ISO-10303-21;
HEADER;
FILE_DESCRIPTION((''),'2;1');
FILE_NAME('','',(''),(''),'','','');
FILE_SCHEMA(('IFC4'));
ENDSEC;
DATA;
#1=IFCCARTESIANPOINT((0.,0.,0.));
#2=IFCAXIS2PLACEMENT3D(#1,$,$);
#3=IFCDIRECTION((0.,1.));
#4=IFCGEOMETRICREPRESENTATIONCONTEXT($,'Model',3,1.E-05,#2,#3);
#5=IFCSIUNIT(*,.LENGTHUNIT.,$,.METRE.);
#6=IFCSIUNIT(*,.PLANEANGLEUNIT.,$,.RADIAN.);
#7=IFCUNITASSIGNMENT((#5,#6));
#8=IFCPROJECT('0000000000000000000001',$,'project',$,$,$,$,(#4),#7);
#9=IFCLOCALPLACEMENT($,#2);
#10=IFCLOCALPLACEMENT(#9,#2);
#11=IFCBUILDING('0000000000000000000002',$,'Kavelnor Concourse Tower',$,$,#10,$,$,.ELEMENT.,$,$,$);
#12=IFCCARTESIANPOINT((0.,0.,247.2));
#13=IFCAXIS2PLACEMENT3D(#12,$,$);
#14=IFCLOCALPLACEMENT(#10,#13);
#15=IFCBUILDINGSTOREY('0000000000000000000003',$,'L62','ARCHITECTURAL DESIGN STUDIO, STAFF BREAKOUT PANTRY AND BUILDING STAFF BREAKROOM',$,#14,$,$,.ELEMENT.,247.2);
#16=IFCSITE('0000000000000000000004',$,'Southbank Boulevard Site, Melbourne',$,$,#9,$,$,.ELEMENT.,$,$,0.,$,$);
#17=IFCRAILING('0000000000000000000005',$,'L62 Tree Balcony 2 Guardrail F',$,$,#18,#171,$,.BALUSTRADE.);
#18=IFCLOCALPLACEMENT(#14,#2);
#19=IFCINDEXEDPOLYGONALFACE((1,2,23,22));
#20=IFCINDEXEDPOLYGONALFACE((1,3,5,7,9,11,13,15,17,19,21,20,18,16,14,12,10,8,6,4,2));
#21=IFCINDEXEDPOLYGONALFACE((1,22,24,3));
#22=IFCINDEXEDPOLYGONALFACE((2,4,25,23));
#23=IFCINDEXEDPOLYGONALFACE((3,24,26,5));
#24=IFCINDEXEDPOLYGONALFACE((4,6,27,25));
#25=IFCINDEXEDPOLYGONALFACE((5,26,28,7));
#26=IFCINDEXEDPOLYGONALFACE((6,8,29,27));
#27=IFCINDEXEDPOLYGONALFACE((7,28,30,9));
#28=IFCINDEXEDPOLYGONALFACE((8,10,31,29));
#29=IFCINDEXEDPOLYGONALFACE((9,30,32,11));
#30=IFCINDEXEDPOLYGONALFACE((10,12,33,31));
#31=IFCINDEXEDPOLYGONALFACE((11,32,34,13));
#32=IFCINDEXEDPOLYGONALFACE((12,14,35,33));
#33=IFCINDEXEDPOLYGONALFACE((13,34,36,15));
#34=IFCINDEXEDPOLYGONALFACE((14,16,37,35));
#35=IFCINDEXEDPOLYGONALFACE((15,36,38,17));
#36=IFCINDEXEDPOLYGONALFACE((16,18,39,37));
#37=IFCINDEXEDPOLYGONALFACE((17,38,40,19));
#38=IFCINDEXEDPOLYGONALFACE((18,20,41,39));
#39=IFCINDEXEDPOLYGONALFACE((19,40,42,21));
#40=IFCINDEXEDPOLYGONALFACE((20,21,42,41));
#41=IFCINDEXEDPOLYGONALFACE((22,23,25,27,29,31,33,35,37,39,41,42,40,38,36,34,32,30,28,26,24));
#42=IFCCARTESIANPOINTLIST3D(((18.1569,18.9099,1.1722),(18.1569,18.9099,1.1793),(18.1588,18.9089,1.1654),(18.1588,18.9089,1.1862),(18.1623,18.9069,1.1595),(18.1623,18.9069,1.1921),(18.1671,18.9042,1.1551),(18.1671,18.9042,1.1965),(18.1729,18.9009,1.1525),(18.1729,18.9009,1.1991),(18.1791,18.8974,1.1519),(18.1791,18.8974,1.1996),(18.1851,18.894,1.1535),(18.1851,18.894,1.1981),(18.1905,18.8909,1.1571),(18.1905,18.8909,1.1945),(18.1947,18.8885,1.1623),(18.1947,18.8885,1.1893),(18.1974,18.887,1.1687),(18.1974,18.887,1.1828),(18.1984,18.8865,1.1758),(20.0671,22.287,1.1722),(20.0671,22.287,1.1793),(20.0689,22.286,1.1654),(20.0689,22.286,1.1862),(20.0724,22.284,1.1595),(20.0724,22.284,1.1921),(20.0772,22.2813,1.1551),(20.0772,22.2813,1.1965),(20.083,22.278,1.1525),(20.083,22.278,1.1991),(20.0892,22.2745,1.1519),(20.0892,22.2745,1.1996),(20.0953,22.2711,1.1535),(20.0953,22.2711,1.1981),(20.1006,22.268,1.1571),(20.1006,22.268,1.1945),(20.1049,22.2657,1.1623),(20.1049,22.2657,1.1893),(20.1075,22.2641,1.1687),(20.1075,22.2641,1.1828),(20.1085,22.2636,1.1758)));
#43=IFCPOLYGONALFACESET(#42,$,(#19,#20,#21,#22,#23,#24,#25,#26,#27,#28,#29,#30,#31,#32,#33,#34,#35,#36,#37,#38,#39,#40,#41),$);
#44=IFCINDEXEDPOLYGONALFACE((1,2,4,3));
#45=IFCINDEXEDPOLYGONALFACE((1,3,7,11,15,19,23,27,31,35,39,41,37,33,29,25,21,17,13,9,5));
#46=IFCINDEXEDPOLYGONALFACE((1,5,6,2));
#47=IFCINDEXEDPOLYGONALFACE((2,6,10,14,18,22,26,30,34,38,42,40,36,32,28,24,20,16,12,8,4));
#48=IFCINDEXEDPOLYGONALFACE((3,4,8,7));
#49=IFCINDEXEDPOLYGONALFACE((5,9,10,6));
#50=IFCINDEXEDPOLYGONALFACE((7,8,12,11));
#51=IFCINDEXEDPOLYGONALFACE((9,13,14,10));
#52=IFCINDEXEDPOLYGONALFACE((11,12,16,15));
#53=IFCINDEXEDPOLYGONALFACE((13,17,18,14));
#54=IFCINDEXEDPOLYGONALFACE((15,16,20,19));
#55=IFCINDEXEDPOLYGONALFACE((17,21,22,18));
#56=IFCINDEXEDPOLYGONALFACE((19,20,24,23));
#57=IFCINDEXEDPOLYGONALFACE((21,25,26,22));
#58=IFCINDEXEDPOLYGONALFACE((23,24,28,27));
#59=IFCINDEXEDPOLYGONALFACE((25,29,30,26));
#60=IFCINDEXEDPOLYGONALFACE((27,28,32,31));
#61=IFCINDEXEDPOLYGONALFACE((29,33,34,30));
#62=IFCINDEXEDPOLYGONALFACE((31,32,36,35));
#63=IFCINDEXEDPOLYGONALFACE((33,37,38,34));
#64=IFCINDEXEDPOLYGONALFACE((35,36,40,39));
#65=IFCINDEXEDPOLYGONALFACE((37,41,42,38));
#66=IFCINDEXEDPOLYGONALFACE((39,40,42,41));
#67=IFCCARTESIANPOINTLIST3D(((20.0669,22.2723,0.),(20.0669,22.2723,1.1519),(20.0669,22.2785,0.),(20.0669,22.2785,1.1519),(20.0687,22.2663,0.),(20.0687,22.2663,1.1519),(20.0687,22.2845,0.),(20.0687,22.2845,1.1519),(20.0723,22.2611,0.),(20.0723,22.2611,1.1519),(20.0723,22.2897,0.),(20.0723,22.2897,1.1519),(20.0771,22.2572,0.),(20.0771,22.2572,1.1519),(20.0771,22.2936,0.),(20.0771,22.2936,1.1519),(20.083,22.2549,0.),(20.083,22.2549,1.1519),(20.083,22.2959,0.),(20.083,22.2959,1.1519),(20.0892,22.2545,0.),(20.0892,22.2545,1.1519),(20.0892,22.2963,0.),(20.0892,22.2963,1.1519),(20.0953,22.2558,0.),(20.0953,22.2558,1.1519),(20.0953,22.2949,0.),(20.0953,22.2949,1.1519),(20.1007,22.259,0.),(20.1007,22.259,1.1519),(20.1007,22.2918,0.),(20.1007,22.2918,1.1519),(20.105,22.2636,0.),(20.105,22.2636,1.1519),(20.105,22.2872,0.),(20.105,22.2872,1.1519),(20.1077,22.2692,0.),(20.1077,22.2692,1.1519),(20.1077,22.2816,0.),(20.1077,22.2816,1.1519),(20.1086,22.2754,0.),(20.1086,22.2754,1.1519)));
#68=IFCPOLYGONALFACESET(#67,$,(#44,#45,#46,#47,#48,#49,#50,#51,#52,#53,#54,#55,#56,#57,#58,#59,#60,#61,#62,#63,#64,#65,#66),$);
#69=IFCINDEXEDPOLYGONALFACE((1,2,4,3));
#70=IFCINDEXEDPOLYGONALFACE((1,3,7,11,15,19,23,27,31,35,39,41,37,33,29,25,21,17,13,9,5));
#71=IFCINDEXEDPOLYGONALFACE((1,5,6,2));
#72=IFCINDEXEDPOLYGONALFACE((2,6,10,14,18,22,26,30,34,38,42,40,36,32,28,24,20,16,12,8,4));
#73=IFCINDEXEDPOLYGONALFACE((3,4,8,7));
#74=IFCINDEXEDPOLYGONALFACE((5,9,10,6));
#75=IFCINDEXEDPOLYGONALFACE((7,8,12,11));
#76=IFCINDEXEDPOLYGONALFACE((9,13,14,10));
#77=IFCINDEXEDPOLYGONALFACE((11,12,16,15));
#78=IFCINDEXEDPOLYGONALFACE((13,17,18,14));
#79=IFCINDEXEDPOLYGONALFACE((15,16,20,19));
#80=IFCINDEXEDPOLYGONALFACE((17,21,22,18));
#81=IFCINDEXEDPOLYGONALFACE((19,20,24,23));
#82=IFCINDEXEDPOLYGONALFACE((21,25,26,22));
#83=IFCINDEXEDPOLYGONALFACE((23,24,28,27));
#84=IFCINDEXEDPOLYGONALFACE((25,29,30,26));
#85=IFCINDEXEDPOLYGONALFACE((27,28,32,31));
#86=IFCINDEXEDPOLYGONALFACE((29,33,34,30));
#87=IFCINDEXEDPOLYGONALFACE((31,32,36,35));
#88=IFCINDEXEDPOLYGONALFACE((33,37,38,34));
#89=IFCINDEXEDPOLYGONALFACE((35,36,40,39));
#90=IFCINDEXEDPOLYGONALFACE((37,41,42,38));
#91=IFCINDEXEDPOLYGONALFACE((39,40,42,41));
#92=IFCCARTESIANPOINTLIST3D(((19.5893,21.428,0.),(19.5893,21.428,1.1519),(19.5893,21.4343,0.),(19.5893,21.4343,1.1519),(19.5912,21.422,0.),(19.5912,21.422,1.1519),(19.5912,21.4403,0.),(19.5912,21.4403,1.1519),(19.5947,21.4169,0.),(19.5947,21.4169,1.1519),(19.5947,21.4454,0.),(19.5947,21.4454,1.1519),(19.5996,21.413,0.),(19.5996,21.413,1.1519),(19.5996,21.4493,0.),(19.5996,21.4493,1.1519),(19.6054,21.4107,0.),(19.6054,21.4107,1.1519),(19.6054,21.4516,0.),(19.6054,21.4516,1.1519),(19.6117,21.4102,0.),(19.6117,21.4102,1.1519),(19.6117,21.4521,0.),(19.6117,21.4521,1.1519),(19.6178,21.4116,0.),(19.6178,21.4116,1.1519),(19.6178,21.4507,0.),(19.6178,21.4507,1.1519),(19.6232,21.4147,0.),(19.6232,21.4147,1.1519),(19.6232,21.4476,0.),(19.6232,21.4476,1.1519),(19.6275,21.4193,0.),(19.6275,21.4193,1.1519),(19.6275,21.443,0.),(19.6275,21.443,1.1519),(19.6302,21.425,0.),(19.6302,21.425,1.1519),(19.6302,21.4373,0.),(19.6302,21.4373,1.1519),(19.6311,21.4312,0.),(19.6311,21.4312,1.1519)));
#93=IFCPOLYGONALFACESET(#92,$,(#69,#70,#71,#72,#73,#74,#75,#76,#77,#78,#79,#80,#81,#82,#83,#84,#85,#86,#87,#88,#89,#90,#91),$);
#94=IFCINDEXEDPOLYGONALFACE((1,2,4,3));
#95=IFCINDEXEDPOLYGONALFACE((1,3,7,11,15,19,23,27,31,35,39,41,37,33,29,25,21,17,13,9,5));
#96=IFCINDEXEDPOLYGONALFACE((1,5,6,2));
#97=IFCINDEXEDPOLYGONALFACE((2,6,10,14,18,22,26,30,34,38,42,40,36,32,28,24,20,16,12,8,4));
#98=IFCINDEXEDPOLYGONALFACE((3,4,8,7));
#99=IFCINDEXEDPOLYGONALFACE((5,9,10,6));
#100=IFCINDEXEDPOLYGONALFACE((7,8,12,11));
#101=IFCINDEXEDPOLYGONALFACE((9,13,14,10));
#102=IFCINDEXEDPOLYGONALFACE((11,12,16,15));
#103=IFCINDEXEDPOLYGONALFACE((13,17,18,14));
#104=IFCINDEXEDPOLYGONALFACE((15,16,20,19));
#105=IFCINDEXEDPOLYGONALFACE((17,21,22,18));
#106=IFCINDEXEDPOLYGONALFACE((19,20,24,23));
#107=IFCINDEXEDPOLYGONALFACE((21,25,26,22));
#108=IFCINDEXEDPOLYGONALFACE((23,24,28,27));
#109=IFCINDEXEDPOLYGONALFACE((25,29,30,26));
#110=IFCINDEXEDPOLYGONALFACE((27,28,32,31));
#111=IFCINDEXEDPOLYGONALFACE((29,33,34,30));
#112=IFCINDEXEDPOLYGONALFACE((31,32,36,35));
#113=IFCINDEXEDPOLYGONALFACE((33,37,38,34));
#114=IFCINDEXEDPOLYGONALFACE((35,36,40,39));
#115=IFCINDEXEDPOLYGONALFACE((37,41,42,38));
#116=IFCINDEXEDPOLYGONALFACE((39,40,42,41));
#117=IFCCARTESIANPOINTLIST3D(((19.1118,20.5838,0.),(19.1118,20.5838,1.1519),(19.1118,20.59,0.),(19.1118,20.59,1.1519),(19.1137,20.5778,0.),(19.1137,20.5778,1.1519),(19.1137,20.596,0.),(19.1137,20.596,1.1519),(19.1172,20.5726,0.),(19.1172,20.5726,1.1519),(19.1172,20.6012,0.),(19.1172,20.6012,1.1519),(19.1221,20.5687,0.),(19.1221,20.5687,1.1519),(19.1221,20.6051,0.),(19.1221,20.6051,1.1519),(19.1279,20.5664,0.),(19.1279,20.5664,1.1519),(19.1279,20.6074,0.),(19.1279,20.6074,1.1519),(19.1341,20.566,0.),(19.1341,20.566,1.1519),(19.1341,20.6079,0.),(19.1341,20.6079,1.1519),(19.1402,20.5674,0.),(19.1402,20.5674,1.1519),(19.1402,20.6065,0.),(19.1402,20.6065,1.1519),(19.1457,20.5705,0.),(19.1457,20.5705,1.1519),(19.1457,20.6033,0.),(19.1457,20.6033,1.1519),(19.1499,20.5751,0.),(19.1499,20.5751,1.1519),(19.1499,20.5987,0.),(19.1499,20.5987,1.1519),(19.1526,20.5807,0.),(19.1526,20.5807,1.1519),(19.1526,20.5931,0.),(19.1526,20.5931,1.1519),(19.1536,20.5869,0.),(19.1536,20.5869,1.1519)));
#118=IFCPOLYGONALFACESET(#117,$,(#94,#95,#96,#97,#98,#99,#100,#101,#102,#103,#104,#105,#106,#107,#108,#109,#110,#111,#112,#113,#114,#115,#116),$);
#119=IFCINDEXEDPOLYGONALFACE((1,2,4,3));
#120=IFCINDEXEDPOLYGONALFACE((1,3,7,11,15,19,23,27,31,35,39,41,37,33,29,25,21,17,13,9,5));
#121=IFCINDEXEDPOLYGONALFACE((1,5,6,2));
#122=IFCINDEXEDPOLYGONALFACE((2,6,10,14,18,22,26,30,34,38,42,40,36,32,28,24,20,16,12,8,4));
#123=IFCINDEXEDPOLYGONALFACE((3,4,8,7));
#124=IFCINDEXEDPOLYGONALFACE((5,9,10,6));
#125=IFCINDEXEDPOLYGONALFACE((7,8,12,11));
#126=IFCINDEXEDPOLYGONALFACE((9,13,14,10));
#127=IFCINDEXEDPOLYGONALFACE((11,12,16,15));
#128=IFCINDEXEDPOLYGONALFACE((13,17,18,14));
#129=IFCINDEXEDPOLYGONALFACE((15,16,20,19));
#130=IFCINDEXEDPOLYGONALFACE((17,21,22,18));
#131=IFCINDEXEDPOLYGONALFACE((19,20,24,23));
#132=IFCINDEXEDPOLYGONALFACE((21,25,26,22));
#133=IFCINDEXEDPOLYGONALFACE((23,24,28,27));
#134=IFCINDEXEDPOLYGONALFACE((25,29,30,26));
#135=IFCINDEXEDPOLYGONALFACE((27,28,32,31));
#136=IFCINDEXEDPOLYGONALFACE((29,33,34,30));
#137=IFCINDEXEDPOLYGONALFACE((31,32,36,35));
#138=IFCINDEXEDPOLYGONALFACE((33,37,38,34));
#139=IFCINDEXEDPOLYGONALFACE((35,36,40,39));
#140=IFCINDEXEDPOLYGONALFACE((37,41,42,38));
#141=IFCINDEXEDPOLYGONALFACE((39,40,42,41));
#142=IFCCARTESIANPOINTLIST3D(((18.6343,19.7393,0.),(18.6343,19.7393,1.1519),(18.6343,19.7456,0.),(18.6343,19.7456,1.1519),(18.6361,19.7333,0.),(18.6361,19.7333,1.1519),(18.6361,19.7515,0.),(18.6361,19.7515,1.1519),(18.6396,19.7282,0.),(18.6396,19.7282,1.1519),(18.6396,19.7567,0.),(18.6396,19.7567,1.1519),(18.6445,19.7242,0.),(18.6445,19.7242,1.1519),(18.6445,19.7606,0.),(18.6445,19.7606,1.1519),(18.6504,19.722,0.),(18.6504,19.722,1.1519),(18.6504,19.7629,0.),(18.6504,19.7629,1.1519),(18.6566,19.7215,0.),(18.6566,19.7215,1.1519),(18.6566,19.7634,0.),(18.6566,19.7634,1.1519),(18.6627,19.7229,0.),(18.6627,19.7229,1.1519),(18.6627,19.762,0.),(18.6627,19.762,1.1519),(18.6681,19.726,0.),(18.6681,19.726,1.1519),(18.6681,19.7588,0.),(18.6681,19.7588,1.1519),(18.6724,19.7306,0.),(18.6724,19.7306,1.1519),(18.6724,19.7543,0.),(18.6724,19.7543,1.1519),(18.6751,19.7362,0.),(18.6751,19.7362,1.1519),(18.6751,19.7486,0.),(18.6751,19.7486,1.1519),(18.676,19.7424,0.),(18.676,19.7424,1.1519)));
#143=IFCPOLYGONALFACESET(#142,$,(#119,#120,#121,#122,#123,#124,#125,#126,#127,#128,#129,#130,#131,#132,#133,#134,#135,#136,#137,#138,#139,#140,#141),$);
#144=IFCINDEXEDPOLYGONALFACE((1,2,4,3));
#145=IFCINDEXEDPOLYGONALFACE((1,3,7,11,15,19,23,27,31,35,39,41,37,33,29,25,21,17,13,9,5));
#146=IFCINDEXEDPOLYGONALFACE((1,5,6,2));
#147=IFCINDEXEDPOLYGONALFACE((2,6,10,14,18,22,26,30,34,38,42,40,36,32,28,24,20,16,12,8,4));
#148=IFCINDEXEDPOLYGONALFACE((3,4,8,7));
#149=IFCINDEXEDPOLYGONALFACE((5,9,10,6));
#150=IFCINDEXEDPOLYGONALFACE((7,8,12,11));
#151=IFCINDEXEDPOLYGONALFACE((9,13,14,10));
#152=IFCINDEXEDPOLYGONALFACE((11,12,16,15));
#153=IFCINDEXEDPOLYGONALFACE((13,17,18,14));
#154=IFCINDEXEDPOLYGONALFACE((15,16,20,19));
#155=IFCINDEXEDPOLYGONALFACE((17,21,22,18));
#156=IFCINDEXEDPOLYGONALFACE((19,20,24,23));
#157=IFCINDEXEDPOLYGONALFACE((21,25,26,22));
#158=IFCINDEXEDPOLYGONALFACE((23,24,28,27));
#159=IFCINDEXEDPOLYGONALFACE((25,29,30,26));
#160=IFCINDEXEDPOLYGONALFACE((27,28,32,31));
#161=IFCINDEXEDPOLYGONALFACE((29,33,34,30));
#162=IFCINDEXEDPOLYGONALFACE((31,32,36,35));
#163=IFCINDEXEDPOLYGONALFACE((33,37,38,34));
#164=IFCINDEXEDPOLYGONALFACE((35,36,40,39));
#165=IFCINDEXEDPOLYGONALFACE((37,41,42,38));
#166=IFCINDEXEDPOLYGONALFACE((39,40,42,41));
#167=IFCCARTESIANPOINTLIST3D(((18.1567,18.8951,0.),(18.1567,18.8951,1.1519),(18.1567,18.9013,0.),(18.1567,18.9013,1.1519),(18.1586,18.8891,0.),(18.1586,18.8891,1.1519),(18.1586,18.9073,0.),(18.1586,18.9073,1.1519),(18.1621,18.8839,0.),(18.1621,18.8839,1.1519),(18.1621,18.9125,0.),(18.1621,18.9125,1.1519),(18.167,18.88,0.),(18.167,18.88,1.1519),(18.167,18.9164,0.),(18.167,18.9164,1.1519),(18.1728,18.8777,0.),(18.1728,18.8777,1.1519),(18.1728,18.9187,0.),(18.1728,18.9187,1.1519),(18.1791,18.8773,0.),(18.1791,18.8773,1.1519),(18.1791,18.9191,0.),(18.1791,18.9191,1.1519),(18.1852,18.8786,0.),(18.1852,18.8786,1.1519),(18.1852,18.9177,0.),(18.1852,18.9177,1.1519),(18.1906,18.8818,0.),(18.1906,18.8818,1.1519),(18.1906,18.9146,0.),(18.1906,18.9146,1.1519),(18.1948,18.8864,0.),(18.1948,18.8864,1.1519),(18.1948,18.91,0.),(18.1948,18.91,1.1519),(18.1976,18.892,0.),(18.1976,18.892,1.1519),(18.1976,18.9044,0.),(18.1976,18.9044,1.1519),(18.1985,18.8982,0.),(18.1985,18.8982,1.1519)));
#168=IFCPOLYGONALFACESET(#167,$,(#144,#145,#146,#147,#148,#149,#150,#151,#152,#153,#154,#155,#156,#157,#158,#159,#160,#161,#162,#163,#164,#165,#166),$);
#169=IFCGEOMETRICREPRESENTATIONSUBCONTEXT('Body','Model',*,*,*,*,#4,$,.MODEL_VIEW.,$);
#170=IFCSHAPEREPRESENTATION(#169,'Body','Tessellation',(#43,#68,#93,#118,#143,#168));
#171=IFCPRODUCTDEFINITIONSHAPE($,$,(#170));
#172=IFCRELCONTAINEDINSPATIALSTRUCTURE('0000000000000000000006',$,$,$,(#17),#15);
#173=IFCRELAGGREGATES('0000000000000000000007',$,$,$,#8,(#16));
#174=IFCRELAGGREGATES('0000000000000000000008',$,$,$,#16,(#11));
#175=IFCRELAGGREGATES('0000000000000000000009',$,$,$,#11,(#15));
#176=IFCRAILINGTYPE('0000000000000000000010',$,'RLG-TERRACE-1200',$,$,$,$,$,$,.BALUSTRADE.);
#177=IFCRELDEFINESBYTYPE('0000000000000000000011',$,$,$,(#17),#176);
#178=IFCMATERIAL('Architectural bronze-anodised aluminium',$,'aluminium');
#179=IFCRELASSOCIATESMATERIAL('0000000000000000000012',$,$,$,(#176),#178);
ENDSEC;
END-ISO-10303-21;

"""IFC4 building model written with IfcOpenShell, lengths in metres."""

from ifc_helpers import new_model, si_unit, direction, frame, origin, origin_2d, place, context, subcontext, project, spatial, circle, extrude, material, type_object, element, save


model = new_model("IFC4")

# Units and contexts
model_context = context("Model", 3, precision=1e-05, world=origin(), true_north=direction((0.0, 1.0)))
body_context = subcontext(model_context, "Body", "Model", "MODEL_VIEW")
ifc_project = project(units=[si_unit("LENGTHUNIT", "METRE"), si_unit("PLANEANGLEUNIT", "RADIAN")], contexts=[model_context])

# Site, building, storey
site_placement = place(None, origin())
site = spatial("IfcSite", under=ifc_project, at=site_placement, Name="Southbank Boulevard Site, Melbourne", CompositionType="ELEMENT", RefElevation=0.0)
building_placement = place(site_placement, origin())
building = spatial("IfcBuilding", under=site, at=building_placement, Name="Kavelnor Concourse Tower", CompositionType="ELEMENT")
storey_placement = place(building_placement, frame((0.0, 0.0, 247.2)))
storey = spatial("IfcBuildingStorey", under=building, at=storey_placement, Name="L62", Description="ARCHITECTURAL DESIGN STUDIO, STAFF BREAKOUT PANTRY AND BUILDING STAFF BREAKROOM", CompositionType="ELEMENT", Elevation=247.2)

# Railing
ifc_material_1 = material(Name="Architectural bronze-anodised aluminium", Category="aluminium")
railing_type_1 = type_object("IfcRailingType", Name="RLG-TERRACE-1200", PredefinedType="BALUSTRADE", material=ifc_material_1)
railing_1_placement = place(storey_placement, frame((20.0876, 22.2754, 0.0)))
element("IfcRailing", 1, at=railing_1_placement, inside=storey, type_object=railing_type_1, Name="L62 Tree Balcony 2 Guardrail F", PredefinedType="BALUSTRADE", context=body_context, shape_type="SweptSolid", body=[
    extrude(circle(Radius=0.0239, at=origin_2d()), frame((0.0, 0.0, 1.1758), z_axis=(-0.492312, -0.870419, 0.0), x_axis=(0.870419, -0.492312, 0.0)), (0.0, 0.0, 1.0), 3.8799),
    extrude(circle(Radius=0.021, at=origin_2d()), origin(), (0.0, 0.0, 1.0), 1.1519),
    extrude(circle(Radius=0.021, at=origin_2d()), frame((-0.4775, -0.8442, 0.0)), (0.0, 0.0, 1.0), 1.1519),
    extrude(circle(Radius=0.021, at=origin_2d()), frame((-0.9551, -1.6885, 0.0)), (0.0, 0.0, 1.0), 1.1519),
    extrude(circle(Radius=0.021, at=origin_2d()), frame((-1.4326, -2.533, 0.0)), (0.0, 0.0, 1.0), 1.1519),
    extrude(circle(Radius=0.021, at=origin_2d()), frame((-1.9102, -3.3772, 0.0)), (0.0, 0.0, 1.0), 1.1519),
])

save(model, "model.ifc")
